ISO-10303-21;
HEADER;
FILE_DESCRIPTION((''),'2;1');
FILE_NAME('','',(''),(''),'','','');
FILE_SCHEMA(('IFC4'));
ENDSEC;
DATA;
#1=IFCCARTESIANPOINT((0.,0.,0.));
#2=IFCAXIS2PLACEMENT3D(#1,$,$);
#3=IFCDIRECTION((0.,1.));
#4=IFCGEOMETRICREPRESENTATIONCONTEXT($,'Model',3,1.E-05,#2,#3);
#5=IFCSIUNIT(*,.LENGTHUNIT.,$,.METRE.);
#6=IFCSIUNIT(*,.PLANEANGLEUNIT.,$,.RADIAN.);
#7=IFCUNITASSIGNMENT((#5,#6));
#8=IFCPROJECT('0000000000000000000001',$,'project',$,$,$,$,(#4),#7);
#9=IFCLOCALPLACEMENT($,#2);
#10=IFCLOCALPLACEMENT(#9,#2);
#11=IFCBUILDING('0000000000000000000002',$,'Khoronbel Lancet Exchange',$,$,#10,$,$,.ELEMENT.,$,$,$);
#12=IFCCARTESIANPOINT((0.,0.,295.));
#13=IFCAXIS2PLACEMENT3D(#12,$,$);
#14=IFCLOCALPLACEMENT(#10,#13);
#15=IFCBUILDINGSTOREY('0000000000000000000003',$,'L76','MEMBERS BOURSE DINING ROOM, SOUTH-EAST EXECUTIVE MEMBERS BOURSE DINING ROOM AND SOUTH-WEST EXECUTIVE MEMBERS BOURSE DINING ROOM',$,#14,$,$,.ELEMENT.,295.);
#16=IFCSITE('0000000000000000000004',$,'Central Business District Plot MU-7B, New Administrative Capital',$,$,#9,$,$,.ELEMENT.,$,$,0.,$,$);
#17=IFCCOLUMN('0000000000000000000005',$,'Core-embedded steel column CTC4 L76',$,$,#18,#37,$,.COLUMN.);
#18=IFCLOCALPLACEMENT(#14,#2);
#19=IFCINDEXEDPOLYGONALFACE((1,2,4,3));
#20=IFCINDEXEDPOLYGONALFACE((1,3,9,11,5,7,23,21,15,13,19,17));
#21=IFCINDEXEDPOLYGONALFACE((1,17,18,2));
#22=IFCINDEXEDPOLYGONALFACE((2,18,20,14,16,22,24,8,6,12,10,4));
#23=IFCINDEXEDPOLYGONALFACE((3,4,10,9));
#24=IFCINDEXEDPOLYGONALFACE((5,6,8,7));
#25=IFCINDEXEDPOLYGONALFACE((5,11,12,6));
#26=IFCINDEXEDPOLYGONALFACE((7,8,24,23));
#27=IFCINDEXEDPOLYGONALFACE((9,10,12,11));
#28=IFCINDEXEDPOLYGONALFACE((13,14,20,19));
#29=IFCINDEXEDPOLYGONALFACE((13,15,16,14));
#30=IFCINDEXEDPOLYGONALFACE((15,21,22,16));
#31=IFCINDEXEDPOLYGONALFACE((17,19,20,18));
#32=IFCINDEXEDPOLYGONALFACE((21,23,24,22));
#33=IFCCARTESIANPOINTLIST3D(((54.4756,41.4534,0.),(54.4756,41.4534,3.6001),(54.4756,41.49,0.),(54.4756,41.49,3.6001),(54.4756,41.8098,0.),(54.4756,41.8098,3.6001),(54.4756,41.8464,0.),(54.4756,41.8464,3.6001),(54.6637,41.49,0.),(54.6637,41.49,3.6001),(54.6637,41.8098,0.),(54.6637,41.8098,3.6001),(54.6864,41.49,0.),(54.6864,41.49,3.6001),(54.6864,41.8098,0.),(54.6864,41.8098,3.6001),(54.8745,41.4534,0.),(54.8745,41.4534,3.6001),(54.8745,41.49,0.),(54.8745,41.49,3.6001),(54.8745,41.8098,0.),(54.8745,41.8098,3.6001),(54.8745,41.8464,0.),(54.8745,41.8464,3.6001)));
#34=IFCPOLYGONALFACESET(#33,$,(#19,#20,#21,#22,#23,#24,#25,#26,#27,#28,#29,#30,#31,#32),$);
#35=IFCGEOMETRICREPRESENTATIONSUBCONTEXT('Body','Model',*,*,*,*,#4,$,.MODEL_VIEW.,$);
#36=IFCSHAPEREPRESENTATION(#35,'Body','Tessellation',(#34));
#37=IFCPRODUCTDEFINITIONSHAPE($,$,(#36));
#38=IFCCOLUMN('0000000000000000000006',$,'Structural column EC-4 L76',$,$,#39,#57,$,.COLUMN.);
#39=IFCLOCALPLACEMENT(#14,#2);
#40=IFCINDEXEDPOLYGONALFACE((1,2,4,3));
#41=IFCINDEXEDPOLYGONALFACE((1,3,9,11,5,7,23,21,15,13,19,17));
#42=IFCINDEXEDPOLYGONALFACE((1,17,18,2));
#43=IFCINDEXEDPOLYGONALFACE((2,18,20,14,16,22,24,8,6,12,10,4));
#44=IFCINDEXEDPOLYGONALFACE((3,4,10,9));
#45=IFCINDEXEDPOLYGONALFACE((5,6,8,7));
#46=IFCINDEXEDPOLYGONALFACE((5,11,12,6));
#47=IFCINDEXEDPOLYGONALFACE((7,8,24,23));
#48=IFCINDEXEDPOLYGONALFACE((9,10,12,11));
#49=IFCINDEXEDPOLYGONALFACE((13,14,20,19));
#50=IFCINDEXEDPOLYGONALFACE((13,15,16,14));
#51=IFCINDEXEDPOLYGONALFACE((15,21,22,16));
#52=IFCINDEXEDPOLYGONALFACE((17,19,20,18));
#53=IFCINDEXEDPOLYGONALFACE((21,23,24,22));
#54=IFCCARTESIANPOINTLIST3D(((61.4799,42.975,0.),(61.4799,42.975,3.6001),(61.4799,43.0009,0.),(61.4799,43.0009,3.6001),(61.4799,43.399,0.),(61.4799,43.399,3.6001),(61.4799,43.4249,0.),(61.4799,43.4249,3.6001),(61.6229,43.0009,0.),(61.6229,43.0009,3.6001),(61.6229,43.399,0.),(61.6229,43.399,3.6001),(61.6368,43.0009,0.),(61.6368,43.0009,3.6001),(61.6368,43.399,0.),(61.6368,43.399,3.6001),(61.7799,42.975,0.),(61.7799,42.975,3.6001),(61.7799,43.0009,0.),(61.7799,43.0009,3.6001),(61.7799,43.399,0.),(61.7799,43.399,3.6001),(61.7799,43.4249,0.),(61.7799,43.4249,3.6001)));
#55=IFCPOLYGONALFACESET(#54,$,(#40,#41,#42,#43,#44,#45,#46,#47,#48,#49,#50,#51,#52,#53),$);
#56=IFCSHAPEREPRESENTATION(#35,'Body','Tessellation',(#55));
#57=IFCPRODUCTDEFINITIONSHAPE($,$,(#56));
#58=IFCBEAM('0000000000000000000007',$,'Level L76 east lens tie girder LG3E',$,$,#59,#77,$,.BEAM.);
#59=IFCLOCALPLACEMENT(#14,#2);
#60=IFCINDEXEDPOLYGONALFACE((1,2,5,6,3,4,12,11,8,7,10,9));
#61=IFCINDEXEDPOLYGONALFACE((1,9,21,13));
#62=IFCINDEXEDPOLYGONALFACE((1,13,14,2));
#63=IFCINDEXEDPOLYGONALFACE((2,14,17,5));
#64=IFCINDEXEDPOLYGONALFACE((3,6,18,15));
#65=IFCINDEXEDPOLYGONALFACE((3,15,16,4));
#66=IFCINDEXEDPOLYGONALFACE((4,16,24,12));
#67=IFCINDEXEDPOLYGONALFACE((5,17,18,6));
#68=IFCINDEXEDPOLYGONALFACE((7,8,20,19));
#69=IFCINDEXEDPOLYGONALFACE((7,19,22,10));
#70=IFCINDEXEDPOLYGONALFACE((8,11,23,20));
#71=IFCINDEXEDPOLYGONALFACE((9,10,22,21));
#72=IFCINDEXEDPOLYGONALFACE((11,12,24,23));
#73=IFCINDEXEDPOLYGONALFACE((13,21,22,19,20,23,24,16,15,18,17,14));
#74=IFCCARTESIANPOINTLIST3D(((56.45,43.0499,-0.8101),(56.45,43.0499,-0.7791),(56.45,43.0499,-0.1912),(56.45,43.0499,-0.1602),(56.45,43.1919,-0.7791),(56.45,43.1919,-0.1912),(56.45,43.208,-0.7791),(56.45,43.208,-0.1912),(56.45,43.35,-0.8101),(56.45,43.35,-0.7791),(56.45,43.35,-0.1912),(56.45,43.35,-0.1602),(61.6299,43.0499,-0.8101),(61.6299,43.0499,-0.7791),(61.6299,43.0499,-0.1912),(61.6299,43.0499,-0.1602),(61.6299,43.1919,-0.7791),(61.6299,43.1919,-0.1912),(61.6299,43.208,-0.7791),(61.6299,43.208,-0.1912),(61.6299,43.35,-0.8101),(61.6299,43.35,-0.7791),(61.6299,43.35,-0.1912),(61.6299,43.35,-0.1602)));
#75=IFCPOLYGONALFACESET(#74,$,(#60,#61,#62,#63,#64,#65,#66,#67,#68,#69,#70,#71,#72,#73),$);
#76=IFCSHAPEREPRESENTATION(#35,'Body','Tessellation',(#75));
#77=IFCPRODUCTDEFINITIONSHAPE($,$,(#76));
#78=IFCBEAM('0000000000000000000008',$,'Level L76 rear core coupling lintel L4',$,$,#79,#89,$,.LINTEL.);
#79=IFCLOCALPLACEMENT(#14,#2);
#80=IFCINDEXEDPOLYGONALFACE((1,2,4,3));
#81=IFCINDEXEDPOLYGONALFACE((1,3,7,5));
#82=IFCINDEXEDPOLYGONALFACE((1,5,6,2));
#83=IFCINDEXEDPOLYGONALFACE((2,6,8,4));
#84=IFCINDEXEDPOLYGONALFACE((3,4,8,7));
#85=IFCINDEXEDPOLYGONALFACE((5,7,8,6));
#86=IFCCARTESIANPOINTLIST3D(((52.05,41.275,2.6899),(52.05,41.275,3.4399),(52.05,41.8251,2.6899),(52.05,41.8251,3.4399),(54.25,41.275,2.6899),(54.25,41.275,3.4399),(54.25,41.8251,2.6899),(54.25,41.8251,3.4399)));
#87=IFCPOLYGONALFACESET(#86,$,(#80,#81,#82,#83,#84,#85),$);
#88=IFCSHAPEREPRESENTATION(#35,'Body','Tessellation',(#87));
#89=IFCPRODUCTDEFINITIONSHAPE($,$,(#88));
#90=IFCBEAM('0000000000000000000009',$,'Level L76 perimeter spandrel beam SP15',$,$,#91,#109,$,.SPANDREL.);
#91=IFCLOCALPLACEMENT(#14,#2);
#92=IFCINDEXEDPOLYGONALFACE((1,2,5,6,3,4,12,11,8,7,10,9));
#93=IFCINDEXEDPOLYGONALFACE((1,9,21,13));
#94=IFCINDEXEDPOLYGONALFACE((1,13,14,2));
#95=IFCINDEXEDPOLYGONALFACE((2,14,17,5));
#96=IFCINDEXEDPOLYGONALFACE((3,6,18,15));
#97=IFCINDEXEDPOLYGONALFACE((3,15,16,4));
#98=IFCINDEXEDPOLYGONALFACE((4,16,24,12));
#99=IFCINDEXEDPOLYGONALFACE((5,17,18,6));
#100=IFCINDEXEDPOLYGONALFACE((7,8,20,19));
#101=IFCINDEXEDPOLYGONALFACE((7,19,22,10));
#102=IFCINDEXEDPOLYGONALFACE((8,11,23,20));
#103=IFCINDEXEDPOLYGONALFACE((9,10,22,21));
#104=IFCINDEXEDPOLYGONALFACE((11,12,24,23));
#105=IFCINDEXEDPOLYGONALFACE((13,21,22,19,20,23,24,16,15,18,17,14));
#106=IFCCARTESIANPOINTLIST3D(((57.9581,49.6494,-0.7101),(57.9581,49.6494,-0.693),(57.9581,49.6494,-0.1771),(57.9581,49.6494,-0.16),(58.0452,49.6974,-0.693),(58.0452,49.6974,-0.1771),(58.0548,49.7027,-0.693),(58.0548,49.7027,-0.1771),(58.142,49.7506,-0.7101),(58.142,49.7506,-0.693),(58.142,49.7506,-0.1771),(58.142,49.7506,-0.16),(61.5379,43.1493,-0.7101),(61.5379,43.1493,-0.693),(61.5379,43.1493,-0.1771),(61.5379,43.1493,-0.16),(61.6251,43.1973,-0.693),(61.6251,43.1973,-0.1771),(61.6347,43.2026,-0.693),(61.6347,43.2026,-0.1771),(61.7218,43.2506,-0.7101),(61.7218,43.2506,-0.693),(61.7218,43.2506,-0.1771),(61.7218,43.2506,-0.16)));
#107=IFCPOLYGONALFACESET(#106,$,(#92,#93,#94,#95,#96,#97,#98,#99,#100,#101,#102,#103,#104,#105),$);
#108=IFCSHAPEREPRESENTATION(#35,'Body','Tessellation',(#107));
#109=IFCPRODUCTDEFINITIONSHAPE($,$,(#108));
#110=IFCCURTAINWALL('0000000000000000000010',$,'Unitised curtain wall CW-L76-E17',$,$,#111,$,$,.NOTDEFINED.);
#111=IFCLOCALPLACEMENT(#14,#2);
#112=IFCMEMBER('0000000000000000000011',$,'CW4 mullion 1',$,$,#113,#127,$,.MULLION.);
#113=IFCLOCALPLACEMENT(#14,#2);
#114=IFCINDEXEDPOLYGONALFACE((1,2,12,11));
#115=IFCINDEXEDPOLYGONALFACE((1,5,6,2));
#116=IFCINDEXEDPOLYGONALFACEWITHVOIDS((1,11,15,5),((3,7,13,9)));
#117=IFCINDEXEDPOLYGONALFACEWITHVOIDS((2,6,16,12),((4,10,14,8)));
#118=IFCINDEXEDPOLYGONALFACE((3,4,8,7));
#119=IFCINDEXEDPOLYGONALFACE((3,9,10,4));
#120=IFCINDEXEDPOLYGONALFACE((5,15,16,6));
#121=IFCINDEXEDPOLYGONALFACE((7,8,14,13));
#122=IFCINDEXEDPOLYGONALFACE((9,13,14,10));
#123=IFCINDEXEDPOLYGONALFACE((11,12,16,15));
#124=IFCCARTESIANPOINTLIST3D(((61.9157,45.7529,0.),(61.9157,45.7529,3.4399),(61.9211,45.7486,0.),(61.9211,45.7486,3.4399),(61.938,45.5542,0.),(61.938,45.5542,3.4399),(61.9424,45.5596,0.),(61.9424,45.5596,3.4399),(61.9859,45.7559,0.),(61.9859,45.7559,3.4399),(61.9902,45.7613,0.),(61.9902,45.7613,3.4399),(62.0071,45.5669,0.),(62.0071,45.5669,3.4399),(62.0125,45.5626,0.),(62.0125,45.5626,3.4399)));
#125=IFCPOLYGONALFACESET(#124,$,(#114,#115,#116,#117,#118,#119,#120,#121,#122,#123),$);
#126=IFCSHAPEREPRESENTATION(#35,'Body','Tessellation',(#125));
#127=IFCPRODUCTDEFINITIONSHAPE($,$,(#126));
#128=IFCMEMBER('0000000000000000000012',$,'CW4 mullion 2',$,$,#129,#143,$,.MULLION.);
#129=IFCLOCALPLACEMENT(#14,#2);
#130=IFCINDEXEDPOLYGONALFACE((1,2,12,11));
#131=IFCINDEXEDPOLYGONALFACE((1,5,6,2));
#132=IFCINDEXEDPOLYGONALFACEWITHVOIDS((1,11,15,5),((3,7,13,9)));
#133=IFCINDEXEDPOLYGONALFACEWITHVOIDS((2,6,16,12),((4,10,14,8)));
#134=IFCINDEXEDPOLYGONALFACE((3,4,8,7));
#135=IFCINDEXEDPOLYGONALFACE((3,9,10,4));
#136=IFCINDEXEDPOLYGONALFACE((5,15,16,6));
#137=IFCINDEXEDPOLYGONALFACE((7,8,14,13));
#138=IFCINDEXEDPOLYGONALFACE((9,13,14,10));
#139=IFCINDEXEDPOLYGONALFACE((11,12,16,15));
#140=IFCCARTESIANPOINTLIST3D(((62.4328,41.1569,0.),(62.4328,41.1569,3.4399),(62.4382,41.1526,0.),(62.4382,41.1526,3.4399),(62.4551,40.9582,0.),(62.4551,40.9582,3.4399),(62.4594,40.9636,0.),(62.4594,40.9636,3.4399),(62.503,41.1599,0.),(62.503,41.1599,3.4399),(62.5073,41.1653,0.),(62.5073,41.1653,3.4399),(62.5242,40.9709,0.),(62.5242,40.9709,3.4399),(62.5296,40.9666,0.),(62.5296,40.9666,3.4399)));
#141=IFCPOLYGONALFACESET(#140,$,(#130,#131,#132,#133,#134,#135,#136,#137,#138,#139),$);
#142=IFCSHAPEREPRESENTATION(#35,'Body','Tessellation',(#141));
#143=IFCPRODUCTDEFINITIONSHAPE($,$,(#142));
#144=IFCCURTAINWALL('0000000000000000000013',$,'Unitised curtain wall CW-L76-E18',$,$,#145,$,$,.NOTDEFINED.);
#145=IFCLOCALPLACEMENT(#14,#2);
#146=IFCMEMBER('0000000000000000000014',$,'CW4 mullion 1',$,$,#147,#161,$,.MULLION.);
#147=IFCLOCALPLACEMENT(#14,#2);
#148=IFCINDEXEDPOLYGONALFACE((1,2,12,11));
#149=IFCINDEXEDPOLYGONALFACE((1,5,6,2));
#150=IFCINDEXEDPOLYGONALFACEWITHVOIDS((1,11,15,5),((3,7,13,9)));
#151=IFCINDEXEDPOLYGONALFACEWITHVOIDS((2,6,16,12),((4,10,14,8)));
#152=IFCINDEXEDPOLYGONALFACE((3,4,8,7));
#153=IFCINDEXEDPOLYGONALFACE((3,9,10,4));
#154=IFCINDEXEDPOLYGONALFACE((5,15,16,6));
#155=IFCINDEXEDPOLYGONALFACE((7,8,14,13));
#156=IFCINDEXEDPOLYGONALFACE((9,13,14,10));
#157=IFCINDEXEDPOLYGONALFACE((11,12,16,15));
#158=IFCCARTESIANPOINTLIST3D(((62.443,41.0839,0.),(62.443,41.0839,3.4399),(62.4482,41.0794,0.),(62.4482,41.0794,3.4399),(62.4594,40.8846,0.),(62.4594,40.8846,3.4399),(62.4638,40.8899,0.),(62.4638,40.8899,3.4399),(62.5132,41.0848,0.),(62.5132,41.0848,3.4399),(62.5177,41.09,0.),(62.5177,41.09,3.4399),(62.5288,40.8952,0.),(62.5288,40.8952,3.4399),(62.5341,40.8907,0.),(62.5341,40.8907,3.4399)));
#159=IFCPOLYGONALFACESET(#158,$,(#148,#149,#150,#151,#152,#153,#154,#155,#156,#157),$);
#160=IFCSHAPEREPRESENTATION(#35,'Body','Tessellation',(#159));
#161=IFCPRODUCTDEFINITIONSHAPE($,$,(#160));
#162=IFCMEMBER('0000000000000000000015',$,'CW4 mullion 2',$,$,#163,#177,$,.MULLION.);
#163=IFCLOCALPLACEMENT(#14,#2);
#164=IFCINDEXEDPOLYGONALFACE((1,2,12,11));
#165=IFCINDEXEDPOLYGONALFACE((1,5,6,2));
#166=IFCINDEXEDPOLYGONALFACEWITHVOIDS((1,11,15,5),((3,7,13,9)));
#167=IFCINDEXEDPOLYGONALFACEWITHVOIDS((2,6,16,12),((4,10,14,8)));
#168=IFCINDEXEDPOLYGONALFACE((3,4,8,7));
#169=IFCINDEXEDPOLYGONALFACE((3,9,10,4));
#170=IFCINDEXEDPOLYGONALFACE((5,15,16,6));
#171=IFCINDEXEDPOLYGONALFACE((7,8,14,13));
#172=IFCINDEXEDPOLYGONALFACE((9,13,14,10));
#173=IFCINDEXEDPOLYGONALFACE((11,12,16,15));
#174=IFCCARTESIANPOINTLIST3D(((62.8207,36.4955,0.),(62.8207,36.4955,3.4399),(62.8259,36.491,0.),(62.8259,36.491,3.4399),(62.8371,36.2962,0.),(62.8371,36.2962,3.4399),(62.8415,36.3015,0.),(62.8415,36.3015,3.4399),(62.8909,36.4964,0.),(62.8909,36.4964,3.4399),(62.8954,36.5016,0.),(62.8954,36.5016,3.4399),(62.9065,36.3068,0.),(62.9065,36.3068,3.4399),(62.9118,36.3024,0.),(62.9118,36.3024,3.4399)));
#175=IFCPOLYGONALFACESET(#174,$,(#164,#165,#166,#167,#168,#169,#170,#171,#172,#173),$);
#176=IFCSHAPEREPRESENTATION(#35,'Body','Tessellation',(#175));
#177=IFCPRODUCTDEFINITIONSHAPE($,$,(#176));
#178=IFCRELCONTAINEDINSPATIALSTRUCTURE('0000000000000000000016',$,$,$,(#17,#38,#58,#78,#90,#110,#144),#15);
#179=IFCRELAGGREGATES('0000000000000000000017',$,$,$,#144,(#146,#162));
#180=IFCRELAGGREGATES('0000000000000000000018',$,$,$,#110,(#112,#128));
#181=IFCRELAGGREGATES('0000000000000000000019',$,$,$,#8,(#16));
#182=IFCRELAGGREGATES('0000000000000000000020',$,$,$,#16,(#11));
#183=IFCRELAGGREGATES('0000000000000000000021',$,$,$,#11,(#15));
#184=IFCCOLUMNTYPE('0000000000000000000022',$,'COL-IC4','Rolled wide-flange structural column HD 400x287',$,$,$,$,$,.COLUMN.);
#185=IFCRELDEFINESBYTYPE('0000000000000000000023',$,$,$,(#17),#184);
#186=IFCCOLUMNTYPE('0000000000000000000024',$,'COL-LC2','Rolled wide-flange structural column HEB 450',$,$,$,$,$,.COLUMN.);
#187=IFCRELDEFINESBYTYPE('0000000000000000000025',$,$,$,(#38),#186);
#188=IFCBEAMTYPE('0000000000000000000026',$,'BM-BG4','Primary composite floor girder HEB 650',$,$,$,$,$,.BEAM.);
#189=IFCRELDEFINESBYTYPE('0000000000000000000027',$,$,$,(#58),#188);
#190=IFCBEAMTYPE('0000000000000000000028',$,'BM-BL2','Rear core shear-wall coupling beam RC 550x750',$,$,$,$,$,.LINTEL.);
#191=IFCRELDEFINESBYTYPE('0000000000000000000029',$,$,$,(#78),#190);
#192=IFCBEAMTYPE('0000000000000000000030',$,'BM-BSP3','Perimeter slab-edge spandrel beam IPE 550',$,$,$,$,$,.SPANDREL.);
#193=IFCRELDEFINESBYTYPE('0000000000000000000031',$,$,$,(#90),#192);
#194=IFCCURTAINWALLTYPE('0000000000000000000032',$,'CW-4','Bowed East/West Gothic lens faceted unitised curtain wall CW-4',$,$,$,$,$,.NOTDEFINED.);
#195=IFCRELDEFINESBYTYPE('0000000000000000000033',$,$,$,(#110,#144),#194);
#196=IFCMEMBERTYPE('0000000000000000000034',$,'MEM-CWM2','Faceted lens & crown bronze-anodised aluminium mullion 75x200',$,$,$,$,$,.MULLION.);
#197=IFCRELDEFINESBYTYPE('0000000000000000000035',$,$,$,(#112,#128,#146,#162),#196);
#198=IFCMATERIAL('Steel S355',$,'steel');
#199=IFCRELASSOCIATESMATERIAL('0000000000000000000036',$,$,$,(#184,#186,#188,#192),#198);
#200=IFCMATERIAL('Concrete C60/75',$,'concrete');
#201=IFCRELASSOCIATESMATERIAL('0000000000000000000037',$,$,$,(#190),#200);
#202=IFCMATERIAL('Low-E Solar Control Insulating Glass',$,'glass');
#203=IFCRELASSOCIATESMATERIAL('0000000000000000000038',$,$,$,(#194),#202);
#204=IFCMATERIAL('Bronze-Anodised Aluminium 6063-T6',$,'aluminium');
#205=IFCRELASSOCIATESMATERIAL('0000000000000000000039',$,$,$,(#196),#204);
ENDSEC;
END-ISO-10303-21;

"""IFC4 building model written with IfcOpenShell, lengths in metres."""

from ifc_helpers import new_model, si_unit, direction, frame, origin, origin_2d, place, context, subcontext, project, spatial, rectangle, hollow_rectangle, i_section, extrude, material, material_profile, profile_set, type_object, element, aggregate, save


model = new_model("IFC4")

# Units and contexts
model_context = context("Model", 3, precision=1e-05, world=origin(), true_north=direction((0.0, 1.0)))
body_context = subcontext(model_context, "Body", "Model", "MODEL_VIEW")
ifc_project = project(units=[si_unit("LENGTHUNIT", "METRE"), si_unit("PLANEANGLEUNIT", "RADIAN")], contexts=[model_context])

# Site, building, storey
site_placement = place(None, origin())
site = spatial("IfcSite", under=ifc_project, at=site_placement, Name="Central Business District Plot MU-7B, New Administrative Capital", CompositionType="ELEMENT", RefElevation=0.0)
building_placement = place(site_placement, origin())
building = spatial("IfcBuilding", under=site, at=building_placement, Name="Khoronbel Lancet Exchange", CompositionType="ELEMENT")
storey_placement = place(building_placement, frame((0.0, 0.0, 295.0)))
storey = spatial("IfcBuildingStorey", under=building, at=storey_placement, Name="L76", Description="MEMBERS BOURSE DINING ROOM, SOUTH-EAST EXECUTIVE MEMBERS BOURSE DINING ROOM AND SOUTH-WEST EXECUTIVE MEMBERS BOURSE DINING ROOM", CompositionType="ELEMENT", Elevation=295.0)

# Columns
ifc_material_1 = material(Name="Steel S355", Category="steel")
ifc_material_profile_1 = material_profile(ifc_material_1, i_section(OverallWidth=0.3989, OverallDepth=0.3931, WebThickness=0.0227, FlangeThickness=0.0366, at=origin_2d()), Name="HD 400x287")
ifc_profile_set_1 = profile_set([ifc_material_profile_1], Name="Steel S355")
column_type_1 = type_object("IfcColumnType", Name="COL-IC4", Description="Rolled wide-flange structural column HD 400x287", PredefinedType="COLUMN", material=ifc_profile_set_1)
column_1_placement = place(storey_placement, frame((54.675, 41.6499, 0.0), z_axis=(0.0, 0.0, 1.0), x_axis=(1.0, 0.0, 0.0)))
element("IfcColumn", 1, at=column_1_placement, inside=storey, type_object=column_type_1, Name="Core-embedded steel column CTC4 L76", PredefinedType="COLUMN", context=body_context, shape_type="SweptSolid", body=[
    extrude(i_section(OverallWidth=0.3989, OverallDepth=0.3931, WebThickness=0.0227, FlangeThickness=0.0366, at=origin_2d()), origin(), (0.0, 0.0, 1.0), 3.6001),
])
ifc_material_profile_2 = material_profile(ifc_material_1, i_section(OverallWidth=0.3, OverallDepth=0.45, WebThickness=0.0139, FlangeThickness=0.0259, at=origin_2d()), Name="HEB 450")
ifc_profile_set_2 = profile_set([ifc_material_profile_2], Name="Steel S355")
column_type_2 = type_object("IfcColumnType", Name="COL-LC2", Description="Rolled wide-flange structural column HEB 450", PredefinedType="COLUMN", material=ifc_profile_set_2)
column_2_placement = place(storey_placement, frame((61.6299, 43.2, 0.0), z_axis=(0.0, 0.0, 1.0), x_axis=(1.0, 0.0, 0.0)))
element("IfcColumn", 2, at=column_2_placement, inside=storey, type_object=column_type_2, Name="Structural column EC-4 L76", PredefinedType="COLUMN", context=body_context, shape_type="SweptSolid", body=[
    extrude(i_section(OverallWidth=0.3, OverallDepth=0.45, WebThickness=0.0139, FlangeThickness=0.0259, at=origin_2d()), origin(), (0.0, 0.0, 1.0), 3.6001),
])

# Beams
ifc_material_profile_3 = material_profile(ifc_material_1, i_section(OverallWidth=0.3, OverallDepth=0.6499, WebThickness=0.0161, FlangeThickness=0.031, at=origin_2d()), Name="HEB 650")
ifc_profile_set_3 = profile_set([ifc_material_profile_3], Name="Steel S355")
beam_type_1 = type_object("IfcBeamType", Name="BM-BG4", Description="Primary composite floor girder HEB 650", PredefinedType="BEAM", material=ifc_profile_set_3)
beam_1_placement = place(storey_placement, frame((56.45, 43.2, -0.4851), z_axis=(1.0, 0.0, 0.0), x_axis=(0.0, 1.0, 0.0)))
element("IfcBeam", 3, at=beam_1_placement, inside=storey, type_object=beam_type_1, Name="Level L76 east lens tie girder LG3E", PredefinedType="BEAM", context=body_context, shape_type="SweptSolid", body=[
    extrude(i_section(OverallWidth=0.3, OverallDepth=0.6499, WebThickness=0.0161, FlangeThickness=0.031, at=origin_2d()), origin(), (0.0, 0.0, 1.0), 5.1799),
])
ifc_material_2 = material(Name="Concrete C60/75", Category="concrete")
ifc_material_profile_4 = material_profile(ifc_material_2, rectangle(XDim=0.55, YDim=0.75, at=origin_2d()), Name="RC 550x750")
ifc_profile_set_4 = profile_set([ifc_material_profile_4], Name="Concrete C60/75")
beam_type_2 = type_object("IfcBeamType", Name="BM-BL2", Description="Rear core shear-wall coupling beam RC 550x750", PredefinedType="LINTEL", material=ifc_profile_set_4)
beam_2_placement = place(storey_placement, frame((52.05, 41.55, 3.0649), z_axis=(1.0, 0.0, 0.0), x_axis=(0.0, 1.0, 0.0)))
element("IfcBeam", 4, at=beam_2_placement, inside=storey, type_object=beam_type_2, Name="Level L76 rear core coupling lintel L4", PredefinedType="LINTEL", context=body_context, shape_type="SweptSolid", body=[
    extrude(rectangle(XDim=0.55, YDim=0.75, at=origin_2d()), origin(), (0.0, 0.0, 1.0), 2.2),
])
ifc_material_profile_5 = material_profile(ifc_material_1, i_section(OverallWidth=0.21, OverallDepth=0.55, WebThickness=0.011, FlangeThickness=0.0171, at=origin_2d()), Name="IPE 550")
ifc_profile_set_5 = profile_set([ifc_material_profile_5], Name="Steel S355")
beam_type_3 = type_object("IfcBeamType", Name="BM-BSP3", Description="Perimeter slab-edge spandrel beam IPE 550", PredefinedType="SPANDREL", material=ifc_profile_set_5)
beam_3_placement = place(storey_placement, frame((61.6299, 43.2, -0.4351), z_axis=(-0.482419, 0.875941, 0.0), x_axis=(-0.875941, -0.482419, 0.0)))
element("IfcBeam", 5, at=beam_3_placement, inside=storey, type_object=beam_type_3, Name="Level L76 perimeter spandrel beam SP15", PredefinedType="SPANDREL", context=body_context, shape_type="SweptSolid", body=[
    extrude(i_section(OverallWidth=0.21, OverallDepth=0.55, WebThickness=0.011, FlangeThickness=0.0171, at=origin_2d()), origin(), (0.0, 0.0, 1.0), 7.4207),
])

# Curtain walls, members
ifc_material_3 = material(Name="Low-E Solar Control Insulating Glass", Category="glass")
curtain_wall_type = type_object("IfcCurtainWallType", Name="CW-4", Description="Bowed East/West Gothic lens faceted unitised curtain wall CW-4", PredefinedType="NOTDEFINED", material=ifc_material_3)
curtain_wall_1_placement = place(storey_placement, origin())
curtain_wall_1 = element("IfcCurtainWall", 6, at=curtain_wall_1_placement, inside=storey, type_object=curtain_wall_type, Name="Unitised curtain wall CW-L76-E17", PredefinedType="NOTDEFINED")
ifc_material_4 = material(Name="Bronze-Anodised Aluminium 6063-T6", Category="aluminium")
ifc_material_profile_6 = material_profile(ifc_material_4, hollow_rectangle(XDim=0.075, YDim=0.2, WallThickness=0.0049, at=origin_2d()), Name="ALU MULLION 75x200")
ifc_profile_set_6 = profile_set([ifc_material_profile_6], Name="Bronze-Anodised Aluminium 6063-T6")
member_type_1 = type_object("IfcMemberType", Name="MEM-CWM2", Description="Faceted lens & crown bronze-anodised aluminium mullion 75x200", PredefinedType="MULLION", material=ifc_profile_set_6)
member_1_placement = place(storey_placement, frame((61.9641, 45.6577, 0.0), z_axis=(0.0, 0.0, 1.0), x_axis=(0.993732, 0.111791, 0.0)))
member_1 = element("IfcMember", 7, at=member_1_placement, type_object=member_type_1, Name="CW4 mullion 1", PredefinedType="MULLION", context=body_context, shape_type="SweptSolid", body=[
    extrude(hollow_rectangle(XDim=0.075, YDim=0.2, WallThickness=0.0049, at=origin_2d()), origin(), (0.0, 0.0, 1.0), 3.4399),
])
member_2_placement = place(storey_placement, frame((62.4812, 41.0618, 0.0), z_axis=(0.0, 0.0, 1.0), x_axis=(0.993732, 0.111791, 0.0)))
member_2 = element("IfcMember", 8, at=member_2_placement, type_object=member_type_1, Name="CW4 mullion 2", PredefinedType="MULLION", context=body_context, shape_type="SweptSolid", body=[
    extrude(hollow_rectangle(XDim=0.075, YDim=0.2, WallThickness=0.0049, at=origin_2d()), origin(), (0.0, 0.0, 1.0), 3.4399),
])
curtain_wall_2_placement = place(storey_placement, origin())
curtain_wall_2 = element("IfcCurtainWall", 9, at=curtain_wall_2_placement, inside=storey, type_object=curtain_wall_type, Name="Unitised curtain wall CW-L76-E18", PredefinedType="NOTDEFINED")
member_3_placement = place(storey_placement, frame((62.4885, 40.9873, 0.0), z_axis=(0.0, 0.0, 1.0), x_axis=(0.996626, 0.082073, 0.0)))
member_3 = element("IfcMember", 10, at=member_3_placement, type_object=member_type_1, Name="CW4 mullion 1", PredefinedType="MULLION", context=body_context, shape_type="SweptSolid", body=[
    extrude(hollow_rectangle(XDim=0.075, YDim=0.2, WallThickness=0.0049, at=origin_2d()), origin(), (0.0, 0.0, 1.0), 3.4399),
])
member_4_placement = place(storey_placement, frame((62.8662, 36.3989, 0.0), z_axis=(0.0, 0.0, 1.0), x_axis=(0.996626, 0.082073, 0.0)))
member_4 = element("IfcMember", 11, at=member_4_placement, type_object=member_type_1, Name="CW4 mullion 2", PredefinedType="MULLION", context=body_context, shape_type="SweptSolid", body=[
    extrude(hollow_rectangle(XDim=0.075, YDim=0.2, WallThickness=0.0049, at=origin_2d()), origin(), (0.0, 0.0, 1.0), 3.4399),
])

aggregate(curtain_wall_2, [member_3, member_4])
aggregate(curtain_wall_1, [member_1, member_2])

save(model, "model.ifc")
